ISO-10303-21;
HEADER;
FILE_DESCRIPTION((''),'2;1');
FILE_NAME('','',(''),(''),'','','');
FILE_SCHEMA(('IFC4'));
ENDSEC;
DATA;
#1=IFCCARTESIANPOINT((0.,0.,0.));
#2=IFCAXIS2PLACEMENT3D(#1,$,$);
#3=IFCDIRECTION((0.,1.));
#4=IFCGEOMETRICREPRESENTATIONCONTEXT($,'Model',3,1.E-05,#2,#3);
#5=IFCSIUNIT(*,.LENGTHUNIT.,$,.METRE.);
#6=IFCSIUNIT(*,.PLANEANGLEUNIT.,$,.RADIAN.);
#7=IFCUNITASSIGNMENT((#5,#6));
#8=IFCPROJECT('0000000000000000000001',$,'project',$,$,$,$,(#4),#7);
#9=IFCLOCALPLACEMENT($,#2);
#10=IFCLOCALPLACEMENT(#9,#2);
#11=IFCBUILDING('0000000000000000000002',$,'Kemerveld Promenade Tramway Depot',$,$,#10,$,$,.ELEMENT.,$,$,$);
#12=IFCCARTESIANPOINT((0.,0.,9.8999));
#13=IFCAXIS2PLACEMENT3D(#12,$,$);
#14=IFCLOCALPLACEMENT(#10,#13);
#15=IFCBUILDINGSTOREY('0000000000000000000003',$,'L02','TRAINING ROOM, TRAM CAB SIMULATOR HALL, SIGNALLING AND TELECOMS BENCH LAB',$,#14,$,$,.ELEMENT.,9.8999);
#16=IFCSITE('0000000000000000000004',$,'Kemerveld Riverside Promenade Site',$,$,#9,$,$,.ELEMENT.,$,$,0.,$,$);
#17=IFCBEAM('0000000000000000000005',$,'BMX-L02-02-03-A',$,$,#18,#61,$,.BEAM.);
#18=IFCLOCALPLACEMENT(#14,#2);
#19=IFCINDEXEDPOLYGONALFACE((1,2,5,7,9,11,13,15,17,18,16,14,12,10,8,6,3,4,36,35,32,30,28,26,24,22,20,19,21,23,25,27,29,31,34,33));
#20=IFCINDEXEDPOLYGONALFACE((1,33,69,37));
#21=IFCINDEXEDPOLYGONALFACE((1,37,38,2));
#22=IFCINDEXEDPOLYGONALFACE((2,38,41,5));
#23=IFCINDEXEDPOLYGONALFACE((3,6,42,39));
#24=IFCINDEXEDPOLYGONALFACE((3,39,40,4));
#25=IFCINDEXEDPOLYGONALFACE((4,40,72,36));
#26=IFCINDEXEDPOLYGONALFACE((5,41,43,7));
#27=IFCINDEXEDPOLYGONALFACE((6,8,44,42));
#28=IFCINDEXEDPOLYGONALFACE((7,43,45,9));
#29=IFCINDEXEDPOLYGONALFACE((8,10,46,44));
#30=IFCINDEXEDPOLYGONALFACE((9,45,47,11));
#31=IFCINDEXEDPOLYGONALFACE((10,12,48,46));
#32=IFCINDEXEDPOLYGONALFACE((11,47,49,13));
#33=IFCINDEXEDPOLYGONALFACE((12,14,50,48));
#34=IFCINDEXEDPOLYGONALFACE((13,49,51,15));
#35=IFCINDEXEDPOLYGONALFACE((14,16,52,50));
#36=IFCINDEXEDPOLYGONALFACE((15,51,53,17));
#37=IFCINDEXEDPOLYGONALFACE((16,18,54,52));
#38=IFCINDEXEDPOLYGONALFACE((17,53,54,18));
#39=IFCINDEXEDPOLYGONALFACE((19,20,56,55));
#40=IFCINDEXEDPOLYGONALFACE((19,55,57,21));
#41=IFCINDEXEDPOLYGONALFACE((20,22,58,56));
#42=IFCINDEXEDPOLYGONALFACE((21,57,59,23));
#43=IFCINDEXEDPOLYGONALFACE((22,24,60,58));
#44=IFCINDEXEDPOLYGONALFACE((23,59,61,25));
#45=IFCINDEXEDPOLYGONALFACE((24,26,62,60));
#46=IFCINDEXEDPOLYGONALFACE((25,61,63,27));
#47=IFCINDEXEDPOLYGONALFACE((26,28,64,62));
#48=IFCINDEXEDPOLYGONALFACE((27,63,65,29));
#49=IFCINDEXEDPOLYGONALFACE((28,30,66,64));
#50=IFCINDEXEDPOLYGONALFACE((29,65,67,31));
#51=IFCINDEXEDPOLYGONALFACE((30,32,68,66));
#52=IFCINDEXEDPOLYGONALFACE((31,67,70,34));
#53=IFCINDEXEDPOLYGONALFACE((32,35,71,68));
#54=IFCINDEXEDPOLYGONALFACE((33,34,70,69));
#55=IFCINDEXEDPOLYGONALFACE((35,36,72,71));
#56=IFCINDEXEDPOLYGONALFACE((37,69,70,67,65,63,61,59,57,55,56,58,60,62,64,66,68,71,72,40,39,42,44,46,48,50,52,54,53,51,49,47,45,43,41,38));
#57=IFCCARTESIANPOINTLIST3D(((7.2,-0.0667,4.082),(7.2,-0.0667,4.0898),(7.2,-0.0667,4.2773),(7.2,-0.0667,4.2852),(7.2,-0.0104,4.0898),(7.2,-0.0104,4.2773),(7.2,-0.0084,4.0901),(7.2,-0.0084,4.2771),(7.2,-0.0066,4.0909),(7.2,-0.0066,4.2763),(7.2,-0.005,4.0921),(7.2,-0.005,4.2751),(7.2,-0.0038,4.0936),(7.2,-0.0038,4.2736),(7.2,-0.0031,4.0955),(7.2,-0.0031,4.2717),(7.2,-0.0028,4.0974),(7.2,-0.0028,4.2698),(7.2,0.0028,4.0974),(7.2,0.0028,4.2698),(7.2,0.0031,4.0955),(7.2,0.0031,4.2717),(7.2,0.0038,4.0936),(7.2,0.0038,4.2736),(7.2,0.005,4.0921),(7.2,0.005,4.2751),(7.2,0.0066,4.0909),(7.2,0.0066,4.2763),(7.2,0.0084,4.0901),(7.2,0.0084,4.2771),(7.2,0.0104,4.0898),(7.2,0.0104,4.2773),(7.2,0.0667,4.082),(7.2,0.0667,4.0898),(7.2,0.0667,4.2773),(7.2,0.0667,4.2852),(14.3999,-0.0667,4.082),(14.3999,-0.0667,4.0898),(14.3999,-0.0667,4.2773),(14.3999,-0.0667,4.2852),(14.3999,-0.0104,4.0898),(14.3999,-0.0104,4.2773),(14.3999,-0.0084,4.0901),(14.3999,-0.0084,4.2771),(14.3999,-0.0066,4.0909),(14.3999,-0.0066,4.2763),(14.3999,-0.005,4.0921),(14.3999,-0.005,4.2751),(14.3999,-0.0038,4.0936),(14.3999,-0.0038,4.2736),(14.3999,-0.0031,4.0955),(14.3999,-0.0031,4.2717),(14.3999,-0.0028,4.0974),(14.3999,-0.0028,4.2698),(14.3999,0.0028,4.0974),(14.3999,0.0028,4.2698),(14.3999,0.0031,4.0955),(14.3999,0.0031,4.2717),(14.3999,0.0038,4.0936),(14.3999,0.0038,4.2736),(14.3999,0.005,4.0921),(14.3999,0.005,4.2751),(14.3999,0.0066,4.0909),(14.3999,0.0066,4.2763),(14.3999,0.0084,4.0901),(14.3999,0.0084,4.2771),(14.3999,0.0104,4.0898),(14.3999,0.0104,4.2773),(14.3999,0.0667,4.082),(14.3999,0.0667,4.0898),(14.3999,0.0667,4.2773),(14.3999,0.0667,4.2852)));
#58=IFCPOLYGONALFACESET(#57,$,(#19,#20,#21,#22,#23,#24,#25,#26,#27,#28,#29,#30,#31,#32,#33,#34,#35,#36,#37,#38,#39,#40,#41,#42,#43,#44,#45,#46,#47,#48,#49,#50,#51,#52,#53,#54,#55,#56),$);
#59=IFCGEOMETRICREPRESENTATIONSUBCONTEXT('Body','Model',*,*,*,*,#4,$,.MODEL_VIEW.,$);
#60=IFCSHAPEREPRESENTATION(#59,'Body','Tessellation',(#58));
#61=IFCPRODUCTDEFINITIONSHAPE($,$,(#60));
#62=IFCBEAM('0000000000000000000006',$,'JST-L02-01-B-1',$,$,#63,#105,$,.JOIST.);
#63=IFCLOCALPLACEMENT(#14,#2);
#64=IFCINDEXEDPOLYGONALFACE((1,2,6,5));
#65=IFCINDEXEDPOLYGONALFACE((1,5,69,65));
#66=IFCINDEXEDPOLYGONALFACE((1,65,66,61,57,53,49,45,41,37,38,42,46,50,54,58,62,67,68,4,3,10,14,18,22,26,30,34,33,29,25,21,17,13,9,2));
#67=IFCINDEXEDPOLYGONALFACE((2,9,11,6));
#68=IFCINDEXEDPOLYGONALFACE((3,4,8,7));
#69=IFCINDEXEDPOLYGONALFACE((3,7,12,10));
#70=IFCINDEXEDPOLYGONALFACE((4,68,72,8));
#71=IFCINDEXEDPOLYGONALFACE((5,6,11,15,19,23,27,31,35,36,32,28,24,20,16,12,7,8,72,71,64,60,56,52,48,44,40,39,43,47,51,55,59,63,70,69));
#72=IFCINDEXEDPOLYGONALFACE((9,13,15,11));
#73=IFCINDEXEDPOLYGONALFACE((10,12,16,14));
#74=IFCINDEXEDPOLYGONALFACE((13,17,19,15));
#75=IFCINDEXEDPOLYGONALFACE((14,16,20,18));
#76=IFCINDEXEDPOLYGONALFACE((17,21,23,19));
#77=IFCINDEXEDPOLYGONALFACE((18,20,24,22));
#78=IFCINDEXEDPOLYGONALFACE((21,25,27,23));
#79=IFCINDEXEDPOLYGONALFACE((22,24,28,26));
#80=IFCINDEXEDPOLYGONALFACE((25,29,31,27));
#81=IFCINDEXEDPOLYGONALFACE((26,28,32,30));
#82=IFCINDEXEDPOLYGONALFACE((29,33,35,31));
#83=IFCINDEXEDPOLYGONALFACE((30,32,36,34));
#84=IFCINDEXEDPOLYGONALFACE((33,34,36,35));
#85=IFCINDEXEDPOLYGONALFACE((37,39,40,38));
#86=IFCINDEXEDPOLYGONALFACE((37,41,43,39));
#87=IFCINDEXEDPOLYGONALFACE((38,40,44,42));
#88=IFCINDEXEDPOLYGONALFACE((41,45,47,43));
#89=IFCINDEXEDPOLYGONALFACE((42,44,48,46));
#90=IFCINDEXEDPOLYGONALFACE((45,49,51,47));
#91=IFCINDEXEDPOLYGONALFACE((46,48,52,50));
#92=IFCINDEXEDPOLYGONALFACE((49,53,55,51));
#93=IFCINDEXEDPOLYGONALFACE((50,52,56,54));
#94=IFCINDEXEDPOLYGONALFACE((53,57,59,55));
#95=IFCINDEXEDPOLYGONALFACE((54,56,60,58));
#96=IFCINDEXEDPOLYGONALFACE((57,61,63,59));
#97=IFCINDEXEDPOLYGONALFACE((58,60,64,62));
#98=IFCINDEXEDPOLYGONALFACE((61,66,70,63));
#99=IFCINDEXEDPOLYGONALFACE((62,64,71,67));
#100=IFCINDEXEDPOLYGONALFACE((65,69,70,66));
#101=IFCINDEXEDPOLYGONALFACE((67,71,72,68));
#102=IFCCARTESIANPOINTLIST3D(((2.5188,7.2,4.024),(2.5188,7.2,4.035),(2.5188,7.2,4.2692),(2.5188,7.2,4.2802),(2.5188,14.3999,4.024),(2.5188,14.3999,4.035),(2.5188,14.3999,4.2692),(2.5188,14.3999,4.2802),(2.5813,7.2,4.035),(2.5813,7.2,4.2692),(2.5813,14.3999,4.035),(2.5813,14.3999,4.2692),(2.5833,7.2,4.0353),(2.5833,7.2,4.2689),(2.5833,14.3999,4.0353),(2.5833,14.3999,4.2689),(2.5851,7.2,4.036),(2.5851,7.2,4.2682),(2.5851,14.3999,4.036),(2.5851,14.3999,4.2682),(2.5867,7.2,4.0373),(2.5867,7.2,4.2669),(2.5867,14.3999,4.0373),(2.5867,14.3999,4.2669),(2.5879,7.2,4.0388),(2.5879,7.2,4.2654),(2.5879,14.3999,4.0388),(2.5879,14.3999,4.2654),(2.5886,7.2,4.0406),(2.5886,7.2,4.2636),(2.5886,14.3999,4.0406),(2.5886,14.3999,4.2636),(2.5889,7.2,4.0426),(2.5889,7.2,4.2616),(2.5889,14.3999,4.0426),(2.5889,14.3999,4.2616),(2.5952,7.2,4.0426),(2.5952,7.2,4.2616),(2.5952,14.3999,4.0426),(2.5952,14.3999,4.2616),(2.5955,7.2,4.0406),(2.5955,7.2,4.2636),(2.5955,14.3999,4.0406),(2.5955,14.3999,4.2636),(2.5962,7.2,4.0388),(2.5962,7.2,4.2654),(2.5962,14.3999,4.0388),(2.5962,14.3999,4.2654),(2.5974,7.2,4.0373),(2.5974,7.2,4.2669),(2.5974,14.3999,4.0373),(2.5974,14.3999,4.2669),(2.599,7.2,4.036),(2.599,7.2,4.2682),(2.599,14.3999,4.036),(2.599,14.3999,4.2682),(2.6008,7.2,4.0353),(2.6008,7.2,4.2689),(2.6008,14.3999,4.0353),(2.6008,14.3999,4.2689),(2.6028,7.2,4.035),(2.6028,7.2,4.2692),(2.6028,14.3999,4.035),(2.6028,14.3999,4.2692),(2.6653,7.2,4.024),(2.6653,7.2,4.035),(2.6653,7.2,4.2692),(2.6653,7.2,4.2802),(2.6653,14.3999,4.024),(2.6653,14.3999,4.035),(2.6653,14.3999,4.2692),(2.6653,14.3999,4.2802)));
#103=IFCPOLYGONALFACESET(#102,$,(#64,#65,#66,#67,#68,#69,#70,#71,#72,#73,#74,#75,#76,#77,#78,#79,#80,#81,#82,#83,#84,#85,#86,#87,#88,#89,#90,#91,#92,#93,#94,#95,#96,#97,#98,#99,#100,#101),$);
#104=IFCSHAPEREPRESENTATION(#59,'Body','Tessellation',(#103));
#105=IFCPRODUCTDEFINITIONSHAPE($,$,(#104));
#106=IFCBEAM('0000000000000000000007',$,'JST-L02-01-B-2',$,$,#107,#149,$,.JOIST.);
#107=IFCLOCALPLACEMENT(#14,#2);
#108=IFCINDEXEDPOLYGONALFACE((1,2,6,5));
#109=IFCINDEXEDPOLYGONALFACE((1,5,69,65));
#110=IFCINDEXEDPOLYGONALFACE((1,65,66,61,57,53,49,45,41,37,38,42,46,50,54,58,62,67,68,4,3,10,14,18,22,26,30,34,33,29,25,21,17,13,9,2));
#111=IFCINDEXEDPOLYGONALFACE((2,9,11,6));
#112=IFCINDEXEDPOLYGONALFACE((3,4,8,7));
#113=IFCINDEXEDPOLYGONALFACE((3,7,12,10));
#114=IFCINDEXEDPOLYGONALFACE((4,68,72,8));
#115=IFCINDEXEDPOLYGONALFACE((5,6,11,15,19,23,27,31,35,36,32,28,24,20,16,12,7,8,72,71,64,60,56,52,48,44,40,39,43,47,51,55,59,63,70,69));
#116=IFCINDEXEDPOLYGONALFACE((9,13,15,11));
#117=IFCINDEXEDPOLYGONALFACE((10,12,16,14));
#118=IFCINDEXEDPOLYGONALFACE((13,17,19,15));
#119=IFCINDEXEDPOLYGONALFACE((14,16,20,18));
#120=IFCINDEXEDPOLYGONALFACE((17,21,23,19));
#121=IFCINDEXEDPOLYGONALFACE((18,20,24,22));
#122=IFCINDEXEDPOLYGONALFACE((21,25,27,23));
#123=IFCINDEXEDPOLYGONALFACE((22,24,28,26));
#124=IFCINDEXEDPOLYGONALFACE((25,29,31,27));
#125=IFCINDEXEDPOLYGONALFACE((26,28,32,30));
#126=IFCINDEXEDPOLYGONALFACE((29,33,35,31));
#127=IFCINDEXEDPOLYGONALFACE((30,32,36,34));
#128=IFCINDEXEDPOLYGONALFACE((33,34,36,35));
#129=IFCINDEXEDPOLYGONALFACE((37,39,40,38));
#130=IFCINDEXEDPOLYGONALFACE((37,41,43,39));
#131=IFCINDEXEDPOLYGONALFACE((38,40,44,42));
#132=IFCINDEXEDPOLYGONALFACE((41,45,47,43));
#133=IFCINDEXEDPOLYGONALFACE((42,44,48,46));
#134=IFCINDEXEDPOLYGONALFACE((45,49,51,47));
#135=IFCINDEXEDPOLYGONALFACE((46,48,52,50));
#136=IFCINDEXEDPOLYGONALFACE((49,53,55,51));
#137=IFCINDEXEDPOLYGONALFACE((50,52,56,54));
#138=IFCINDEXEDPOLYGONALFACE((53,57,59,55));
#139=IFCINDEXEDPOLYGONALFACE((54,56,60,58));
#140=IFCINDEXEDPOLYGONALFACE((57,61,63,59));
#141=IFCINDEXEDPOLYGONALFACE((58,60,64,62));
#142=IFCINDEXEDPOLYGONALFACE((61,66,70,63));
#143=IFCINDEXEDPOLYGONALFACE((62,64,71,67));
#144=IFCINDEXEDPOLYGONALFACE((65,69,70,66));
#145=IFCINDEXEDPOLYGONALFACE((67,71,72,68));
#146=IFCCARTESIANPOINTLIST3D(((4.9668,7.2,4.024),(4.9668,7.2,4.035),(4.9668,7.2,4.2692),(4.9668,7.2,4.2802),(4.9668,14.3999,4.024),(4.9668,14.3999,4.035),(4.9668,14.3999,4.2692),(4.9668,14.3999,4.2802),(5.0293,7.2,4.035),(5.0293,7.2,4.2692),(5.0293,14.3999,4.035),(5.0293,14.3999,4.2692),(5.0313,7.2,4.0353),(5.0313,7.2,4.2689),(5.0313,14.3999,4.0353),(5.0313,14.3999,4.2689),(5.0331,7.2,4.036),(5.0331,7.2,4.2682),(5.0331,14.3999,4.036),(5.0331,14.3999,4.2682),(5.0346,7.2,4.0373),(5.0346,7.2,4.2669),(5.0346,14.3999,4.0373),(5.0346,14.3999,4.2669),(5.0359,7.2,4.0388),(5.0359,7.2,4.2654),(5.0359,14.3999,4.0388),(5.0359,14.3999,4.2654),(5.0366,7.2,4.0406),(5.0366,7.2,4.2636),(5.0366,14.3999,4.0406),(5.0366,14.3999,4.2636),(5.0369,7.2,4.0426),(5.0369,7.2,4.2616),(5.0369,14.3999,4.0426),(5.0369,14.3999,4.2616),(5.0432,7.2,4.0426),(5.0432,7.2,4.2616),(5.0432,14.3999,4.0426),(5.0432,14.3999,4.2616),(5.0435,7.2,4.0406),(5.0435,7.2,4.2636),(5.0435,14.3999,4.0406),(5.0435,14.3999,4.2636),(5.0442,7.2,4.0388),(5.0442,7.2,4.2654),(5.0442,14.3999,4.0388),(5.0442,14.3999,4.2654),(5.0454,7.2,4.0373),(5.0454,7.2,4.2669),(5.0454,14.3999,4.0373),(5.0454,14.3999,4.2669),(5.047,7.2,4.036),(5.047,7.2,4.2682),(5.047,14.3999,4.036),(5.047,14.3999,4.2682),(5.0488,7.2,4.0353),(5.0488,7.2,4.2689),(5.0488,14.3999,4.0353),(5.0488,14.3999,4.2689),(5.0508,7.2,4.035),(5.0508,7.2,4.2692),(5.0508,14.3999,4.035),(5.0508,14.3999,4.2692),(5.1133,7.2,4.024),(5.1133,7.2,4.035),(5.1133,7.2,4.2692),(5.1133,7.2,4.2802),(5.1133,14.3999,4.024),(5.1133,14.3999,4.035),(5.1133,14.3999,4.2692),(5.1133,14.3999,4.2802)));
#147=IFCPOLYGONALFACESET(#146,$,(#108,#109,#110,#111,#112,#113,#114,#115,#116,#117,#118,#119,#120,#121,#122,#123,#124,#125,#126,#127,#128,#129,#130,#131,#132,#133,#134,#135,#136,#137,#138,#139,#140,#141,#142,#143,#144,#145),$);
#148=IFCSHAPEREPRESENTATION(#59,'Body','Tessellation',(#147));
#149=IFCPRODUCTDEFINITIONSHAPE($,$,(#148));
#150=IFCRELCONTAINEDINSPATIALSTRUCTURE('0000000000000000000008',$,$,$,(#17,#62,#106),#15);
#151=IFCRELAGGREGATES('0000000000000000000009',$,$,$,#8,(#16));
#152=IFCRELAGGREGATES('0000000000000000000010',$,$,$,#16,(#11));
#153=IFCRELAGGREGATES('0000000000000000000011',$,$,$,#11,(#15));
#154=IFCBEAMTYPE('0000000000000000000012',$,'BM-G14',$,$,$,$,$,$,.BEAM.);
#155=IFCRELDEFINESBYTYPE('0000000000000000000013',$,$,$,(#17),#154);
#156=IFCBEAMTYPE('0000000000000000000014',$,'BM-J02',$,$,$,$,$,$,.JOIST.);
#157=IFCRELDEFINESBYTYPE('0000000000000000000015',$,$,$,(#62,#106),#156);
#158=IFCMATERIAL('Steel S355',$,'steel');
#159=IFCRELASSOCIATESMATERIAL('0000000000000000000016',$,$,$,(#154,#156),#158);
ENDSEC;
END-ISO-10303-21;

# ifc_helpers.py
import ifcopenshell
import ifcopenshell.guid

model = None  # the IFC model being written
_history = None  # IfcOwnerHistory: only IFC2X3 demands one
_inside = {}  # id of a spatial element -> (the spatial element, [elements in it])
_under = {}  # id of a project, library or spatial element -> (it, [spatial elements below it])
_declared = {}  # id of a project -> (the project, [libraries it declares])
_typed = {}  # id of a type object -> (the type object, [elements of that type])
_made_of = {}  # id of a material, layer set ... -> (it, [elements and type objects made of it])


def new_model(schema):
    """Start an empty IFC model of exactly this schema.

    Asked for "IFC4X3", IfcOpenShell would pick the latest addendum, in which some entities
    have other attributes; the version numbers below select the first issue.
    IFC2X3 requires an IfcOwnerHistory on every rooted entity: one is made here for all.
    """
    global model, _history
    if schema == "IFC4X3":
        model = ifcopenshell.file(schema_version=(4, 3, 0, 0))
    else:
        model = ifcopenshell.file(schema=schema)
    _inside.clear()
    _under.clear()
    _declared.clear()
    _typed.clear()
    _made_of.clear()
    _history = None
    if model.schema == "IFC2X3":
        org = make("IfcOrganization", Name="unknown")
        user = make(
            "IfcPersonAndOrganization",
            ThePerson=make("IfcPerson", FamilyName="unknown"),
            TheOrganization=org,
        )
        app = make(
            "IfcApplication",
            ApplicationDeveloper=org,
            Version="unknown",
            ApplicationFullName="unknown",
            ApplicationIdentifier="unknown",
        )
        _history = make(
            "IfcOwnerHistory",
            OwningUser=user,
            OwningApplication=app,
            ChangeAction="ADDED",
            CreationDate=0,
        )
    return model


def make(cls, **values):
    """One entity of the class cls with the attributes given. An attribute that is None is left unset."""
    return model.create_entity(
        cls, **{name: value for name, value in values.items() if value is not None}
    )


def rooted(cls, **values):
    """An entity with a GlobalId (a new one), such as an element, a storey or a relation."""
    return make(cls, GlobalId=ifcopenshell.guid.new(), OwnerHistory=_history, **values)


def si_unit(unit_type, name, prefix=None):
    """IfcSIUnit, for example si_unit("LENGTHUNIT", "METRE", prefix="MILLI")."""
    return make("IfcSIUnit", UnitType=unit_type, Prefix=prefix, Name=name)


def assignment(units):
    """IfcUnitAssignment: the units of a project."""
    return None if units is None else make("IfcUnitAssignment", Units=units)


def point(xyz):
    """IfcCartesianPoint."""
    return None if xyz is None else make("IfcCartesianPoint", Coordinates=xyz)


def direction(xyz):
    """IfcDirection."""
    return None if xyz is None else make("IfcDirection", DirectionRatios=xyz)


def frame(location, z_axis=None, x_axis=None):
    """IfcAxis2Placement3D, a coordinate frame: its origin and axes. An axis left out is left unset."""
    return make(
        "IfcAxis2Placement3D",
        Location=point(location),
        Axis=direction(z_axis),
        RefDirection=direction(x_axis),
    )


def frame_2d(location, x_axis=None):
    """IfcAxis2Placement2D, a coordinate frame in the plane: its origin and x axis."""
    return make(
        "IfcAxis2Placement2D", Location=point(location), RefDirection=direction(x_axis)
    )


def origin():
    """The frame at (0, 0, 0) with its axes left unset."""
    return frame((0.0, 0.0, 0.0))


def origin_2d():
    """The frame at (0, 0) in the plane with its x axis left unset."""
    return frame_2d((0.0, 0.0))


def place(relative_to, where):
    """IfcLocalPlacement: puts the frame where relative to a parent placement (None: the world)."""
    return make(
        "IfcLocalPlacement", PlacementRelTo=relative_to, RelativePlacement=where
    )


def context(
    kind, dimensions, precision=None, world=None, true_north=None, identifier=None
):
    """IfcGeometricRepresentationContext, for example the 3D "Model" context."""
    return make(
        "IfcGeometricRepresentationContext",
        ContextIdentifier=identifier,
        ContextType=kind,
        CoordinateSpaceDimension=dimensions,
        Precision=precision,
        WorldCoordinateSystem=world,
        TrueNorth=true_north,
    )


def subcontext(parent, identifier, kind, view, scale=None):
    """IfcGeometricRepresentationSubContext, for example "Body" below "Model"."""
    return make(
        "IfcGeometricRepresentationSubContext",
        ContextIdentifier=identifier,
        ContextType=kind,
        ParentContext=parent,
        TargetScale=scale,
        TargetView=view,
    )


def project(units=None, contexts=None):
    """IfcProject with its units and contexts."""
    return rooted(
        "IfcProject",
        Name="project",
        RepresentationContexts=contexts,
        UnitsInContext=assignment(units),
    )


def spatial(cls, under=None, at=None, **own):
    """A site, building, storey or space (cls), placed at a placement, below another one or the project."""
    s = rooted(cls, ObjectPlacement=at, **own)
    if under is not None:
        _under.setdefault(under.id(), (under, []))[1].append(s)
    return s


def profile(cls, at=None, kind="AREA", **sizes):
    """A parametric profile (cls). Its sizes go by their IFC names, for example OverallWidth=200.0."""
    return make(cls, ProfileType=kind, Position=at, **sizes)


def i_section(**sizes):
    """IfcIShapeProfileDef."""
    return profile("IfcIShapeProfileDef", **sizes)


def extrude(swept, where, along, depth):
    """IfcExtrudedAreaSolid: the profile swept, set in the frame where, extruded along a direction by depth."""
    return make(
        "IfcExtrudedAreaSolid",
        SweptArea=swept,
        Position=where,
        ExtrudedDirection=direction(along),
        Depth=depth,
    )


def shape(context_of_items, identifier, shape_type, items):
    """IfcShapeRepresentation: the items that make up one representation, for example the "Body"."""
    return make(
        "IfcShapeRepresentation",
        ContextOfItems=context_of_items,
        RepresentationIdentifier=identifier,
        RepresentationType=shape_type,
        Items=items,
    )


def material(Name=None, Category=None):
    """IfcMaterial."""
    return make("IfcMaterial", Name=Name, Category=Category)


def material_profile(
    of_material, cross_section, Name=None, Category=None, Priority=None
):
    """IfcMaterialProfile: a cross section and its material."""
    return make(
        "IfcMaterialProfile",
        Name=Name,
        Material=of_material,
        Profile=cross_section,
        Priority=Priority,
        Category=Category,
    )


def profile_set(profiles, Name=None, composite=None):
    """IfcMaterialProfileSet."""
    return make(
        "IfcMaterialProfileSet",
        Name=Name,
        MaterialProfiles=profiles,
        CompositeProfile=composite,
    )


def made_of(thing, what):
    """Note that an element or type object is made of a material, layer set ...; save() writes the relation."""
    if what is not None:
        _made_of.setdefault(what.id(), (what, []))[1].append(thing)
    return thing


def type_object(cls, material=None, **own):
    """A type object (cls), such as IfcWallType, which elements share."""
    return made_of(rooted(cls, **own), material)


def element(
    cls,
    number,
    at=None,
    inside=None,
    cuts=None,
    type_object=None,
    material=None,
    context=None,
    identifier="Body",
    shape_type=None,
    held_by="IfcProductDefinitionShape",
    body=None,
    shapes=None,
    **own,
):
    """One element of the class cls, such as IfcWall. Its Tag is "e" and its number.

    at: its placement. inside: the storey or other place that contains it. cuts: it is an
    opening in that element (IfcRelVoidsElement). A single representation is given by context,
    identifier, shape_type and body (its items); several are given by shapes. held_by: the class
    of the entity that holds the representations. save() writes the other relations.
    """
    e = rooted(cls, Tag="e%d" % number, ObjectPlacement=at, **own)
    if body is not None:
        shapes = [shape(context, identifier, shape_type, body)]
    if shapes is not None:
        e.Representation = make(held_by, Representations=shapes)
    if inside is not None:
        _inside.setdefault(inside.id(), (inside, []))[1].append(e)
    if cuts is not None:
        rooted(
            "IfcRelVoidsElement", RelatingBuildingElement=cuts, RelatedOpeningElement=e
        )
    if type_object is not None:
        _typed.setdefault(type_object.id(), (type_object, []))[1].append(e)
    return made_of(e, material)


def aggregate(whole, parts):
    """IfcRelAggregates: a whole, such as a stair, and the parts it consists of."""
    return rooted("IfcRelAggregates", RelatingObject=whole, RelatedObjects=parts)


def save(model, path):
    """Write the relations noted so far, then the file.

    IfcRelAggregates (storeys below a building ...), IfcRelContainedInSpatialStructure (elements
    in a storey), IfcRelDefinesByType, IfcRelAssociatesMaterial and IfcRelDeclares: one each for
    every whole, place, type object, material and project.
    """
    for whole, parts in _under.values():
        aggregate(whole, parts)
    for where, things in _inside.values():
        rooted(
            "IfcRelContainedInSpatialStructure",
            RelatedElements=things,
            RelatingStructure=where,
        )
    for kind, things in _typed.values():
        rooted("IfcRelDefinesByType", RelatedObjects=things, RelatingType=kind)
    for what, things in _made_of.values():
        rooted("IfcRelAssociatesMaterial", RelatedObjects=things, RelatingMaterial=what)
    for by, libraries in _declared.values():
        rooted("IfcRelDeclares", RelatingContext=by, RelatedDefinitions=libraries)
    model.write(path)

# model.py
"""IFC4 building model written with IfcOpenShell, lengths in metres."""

from ifc_helpers import new_model, si_unit, direction, frame, origin, origin_2d, place, context, subcontext, project, spatial, i_section, extrude, material, material_profile, profile_set, type_object, element, save


model = new_model("IFC4")

# Units and contexts
model_context = context("Model", 3, precision=1e-05, world=origin(), true_north=direction((0.0, 1.0)))
body_context = subcontext(model_context, "Body", "Model", "MODEL_VIEW")
ifc_project = project(units=[si_unit("LENGTHUNIT", "METRE"), si_unit("PLANEANGLEUNIT", "RADIAN")], contexts=[model_context])

# Site, building, storey
site_placement = place(None, origin())
site = spatial("IfcSite", under=ifc_project, at=site_placement, Name="Kemerveld Riverside Promenade Site", CompositionType="ELEMENT", RefElevation=0.0)
building_placement = place(site_placement, origin())
building = spatial("IfcBuilding", under=site, at=building_placement, Name="Kemerveld Promenade Tramway Depot", CompositionType="ELEMENT")
storey_placement = place(building_placement, frame((0.0, 0.0, 9.8999)))
storey = spatial("IfcBuildingStorey", under=building, at=storey_placement, Name="L02", Description="TRAINING ROOM, TRAM CAB SIMULATOR HALL, SIGNALLING AND TELECOMS BENCH LAB", CompositionType="ELEMENT", Elevation=9.8999)

# Shared definitions
ifc_material_1 = material(Name="Steel S355", Category="steel")

# Beams
ifc_material_profile_1 = material_profile(ifc_material_1, i_section(OverallWidth=0.1333, OverallDepth=0.2031, WebThickness=0.0056, FlangeThickness=0.0078, FilletRadius=0.0076, at=origin_2d()), Name="203x133x25 UB")
ifc_profile_set_1 = profile_set([ifc_material_profile_1], Name="Steel S355")
beam_type_1 = type_object("IfcBeamType", Name="BM-G14", PredefinedType="BEAM", material=ifc_profile_set_1)
beam_1_placement = place(storey_placement, frame((7.2, 0.0, 4.1836), z_axis=(1.0, 0.0, 0.0), x_axis=(0.0, 1.0, 0.0)))
element("IfcBeam", 1, at=beam_1_placement, inside=storey, type_object=beam_type_1, Name="BMX-L02-02-03-A", PredefinedType="BEAM", context=body_context, shape_type="SweptSolid", body=[
    extrude(i_section(OverallWidth=0.1333, OverallDepth=0.2031, WebThickness=0.0056, FlangeThickness=0.0078, FilletRadius=0.0076, at=origin_2d()), origin(), (0.0, 0.0, 1.0), 7.2),
])
ifc_material_profile_2 = material_profile(ifc_material_1, i_section(OverallWidth=0.1465, OverallDepth=0.2561, WebThickness=0.0063, FlangeThickness=0.011, FilletRadius=0.0076, at=origin_2d()), Name="254x146x37 UB")
ifc_profile_set_2 = profile_set([ifc_material_profile_2], Name="Steel S355")
beam_type_2 = type_object("IfcBeamType", Name="BM-J02", PredefinedType="JOIST", material=ifc_profile_set_2)
for number, where, z_axis, x_axis, name in (
    (2, (2.592, 7.2, 4.1521), (0.0, 1.0, 0.0), (-1.0, 0.0, 0.0), "JST-L02-01-B-1"),
    (3, (5.04, 7.2, 4.1521), (0.0, 1.0, 0.0), (-1.0, 0.0, 0.0), "JST-L02-01-B-2"),
):
    element("IfcBeam", number, at=place(storey_placement, frame(where, z_axis=z_axis, x_axis=x_axis)), inside=storey, type_object=beam_type_2, Name=name, PredefinedType="JOIST", context=body_context, shape_type="SweptSolid", body=[
        extrude(i_section(OverallWidth=0.1465, OverallDepth=0.2561, WebThickness=0.0063, FlangeThickness=0.011, FilletRadius=0.0076, at=origin_2d()), origin(), (0.0, 0.0, 1.0), 7.2),
    ])

save(model, "model.ifc")
